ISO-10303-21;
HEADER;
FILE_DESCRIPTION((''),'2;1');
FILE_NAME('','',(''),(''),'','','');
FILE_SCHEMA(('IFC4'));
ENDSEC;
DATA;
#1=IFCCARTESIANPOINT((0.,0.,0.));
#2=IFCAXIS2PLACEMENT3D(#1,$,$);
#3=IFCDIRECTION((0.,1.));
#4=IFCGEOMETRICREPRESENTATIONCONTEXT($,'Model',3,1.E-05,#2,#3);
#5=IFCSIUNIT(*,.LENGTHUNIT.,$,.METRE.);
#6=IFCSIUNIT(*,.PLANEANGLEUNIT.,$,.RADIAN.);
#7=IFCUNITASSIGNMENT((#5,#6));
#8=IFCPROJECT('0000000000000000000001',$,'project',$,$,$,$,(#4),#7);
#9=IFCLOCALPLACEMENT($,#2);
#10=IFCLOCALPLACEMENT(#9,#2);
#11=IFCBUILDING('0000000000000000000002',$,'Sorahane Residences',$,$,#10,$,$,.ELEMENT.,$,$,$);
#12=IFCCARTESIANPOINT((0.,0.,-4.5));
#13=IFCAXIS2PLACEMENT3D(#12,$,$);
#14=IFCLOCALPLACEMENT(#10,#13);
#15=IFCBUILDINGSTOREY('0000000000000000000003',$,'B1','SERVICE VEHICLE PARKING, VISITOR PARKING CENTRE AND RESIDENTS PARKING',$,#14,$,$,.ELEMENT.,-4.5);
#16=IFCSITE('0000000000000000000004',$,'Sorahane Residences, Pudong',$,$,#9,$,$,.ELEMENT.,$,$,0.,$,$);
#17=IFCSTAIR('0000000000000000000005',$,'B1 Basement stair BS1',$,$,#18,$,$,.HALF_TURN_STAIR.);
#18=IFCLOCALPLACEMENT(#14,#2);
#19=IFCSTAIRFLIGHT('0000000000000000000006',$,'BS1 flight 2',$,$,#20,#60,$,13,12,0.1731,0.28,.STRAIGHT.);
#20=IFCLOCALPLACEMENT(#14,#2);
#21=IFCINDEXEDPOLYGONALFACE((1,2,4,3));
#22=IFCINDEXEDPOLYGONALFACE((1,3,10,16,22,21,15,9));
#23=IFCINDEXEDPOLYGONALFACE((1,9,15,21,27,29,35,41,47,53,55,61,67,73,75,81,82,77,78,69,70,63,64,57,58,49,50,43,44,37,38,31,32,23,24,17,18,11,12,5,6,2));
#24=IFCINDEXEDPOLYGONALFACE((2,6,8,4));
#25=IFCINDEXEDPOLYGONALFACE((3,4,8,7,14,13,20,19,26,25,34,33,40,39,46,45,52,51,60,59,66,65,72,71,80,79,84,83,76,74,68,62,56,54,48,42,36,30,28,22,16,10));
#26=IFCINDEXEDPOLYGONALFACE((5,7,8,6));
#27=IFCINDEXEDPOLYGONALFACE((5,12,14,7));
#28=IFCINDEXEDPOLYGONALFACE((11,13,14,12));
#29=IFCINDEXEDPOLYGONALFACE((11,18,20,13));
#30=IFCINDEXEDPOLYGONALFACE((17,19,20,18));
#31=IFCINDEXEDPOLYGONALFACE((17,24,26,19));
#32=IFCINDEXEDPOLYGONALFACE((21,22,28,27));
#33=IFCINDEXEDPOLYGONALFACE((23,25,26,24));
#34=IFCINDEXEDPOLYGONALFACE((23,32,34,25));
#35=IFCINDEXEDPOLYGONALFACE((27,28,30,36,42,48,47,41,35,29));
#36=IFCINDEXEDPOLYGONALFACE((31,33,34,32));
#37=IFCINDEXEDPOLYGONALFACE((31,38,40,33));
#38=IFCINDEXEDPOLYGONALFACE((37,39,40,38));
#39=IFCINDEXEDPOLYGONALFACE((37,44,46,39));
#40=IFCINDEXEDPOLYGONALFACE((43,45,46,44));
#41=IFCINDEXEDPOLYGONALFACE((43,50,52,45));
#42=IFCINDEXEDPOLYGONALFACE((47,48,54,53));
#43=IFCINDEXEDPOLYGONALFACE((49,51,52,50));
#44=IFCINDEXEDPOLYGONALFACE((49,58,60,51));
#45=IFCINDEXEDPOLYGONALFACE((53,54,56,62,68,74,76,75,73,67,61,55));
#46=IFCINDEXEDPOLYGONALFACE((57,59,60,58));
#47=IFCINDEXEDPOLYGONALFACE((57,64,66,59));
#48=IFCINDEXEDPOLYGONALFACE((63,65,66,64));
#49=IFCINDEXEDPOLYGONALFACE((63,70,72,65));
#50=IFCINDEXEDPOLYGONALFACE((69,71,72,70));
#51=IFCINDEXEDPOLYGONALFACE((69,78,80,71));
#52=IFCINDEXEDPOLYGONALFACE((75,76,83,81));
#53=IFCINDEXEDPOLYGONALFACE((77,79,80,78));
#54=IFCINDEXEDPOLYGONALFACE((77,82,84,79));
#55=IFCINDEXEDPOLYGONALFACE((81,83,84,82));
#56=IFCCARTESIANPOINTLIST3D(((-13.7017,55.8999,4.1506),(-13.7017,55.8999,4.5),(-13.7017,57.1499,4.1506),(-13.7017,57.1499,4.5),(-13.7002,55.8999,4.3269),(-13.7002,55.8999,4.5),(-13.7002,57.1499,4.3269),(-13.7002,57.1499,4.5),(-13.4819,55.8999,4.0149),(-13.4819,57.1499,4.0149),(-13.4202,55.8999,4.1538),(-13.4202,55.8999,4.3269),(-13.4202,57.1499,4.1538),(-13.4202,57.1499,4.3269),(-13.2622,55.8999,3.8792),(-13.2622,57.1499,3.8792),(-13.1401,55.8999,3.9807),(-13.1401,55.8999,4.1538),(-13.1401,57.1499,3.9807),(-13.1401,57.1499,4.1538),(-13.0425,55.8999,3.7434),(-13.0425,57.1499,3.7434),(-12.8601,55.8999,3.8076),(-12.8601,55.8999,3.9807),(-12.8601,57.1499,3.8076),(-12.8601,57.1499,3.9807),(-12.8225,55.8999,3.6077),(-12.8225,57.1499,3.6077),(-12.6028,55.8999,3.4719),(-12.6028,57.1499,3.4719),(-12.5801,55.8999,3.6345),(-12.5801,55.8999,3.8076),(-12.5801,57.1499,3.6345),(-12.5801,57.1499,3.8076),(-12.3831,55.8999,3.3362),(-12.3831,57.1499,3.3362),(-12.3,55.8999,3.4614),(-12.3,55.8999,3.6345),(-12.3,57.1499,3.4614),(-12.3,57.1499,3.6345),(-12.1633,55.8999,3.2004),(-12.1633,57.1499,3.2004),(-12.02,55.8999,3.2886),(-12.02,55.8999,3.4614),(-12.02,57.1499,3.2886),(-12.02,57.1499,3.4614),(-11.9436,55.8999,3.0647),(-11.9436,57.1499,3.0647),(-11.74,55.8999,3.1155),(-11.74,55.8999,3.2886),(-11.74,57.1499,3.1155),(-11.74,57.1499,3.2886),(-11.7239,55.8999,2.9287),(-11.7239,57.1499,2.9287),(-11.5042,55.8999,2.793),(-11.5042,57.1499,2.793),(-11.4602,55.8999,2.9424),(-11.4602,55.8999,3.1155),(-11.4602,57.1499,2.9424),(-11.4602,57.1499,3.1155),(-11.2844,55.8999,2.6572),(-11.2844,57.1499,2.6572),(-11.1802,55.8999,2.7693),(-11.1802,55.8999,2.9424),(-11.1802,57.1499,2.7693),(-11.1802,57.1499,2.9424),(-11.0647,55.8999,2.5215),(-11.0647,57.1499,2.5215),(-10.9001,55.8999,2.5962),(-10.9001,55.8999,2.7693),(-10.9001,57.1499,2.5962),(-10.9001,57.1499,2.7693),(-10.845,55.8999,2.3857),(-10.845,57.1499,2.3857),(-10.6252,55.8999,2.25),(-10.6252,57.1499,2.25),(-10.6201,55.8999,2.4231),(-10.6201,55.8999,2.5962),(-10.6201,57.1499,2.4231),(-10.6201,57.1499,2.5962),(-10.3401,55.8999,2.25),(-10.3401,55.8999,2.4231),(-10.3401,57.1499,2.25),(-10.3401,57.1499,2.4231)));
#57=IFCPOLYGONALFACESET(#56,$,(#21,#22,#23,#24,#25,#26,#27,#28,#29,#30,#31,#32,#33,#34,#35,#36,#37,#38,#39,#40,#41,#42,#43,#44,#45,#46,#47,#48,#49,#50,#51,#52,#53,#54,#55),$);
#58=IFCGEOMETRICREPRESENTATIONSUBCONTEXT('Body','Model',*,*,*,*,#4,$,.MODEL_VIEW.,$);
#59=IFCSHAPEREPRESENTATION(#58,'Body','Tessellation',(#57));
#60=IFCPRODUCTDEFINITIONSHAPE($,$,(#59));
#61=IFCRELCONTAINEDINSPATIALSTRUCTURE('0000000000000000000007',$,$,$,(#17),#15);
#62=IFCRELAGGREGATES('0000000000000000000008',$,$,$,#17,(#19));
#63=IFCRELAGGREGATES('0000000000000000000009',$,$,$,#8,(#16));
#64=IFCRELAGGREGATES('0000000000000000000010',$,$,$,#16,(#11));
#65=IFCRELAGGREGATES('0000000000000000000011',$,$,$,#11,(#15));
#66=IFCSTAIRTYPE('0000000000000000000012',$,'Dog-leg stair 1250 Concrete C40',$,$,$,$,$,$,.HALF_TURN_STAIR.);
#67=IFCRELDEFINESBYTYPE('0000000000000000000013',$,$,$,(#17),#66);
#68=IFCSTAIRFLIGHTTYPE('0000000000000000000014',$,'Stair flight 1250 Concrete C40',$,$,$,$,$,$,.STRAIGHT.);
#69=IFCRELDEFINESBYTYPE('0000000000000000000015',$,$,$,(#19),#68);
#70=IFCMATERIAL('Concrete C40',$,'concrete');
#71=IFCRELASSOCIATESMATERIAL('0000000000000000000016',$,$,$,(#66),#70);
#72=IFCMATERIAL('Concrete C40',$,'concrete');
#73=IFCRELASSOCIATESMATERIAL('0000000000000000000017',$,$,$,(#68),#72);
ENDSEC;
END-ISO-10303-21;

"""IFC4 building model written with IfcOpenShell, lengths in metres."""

from ifc_helpers import new_model, si_unit, direction, frame, origin, place, context, subcontext, project, spatial, polyline, outline, extrude, material, type_object, element, aggregate, save


model = new_model("IFC4")

# Units and contexts
model_context = context("Model", 3, precision=1e-05, world=origin(), true_north=direction((0.0, 1.0)))
body_context = subcontext(model_context, "Body", "Model", "MODEL_VIEW")
ifc_project = project(units=[si_unit("LENGTHUNIT", "METRE"), si_unit("PLANEANGLEUNIT", "RADIAN")], contexts=[model_context])

# Site, building, storey
site_placement = place(None, origin())
site = spatial("IfcSite", under=ifc_project, at=site_placement, Name="Sorahane Residences, Pudong", CompositionType="ELEMENT", RefElevation=0.0)
building_placement = place(site_placement, origin())
building = spatial("IfcBuilding", under=site, at=building_placement, Name="Sorahane Residences", CompositionType="ELEMENT")
storey_placement = place(building_placement, frame((0.0, 0.0, -4.5)))
storey = spatial("IfcBuildingStorey", under=building, at=storey_placement, Name="B1", Description="SERVICE VEHICLE PARKING, VISITOR PARKING CENTRE AND RESIDENTS PARKING", CompositionType="ELEMENT", Elevation=-4.5)

# Stair, stair flight
ifc_material_1 = material(Name="Concrete C40", Category="concrete")
stair_type = type_object("IfcStairType", Name="Dog-leg stair 1250 Concrete C40", PredefinedType="HALF_TURN_STAIR", material=ifc_material_1)
stair_placement = place(storey_placement, origin())
stair = element("IfcStair", 1, at=stair_placement, inside=storey, type_object=stair_type, Name="B1 Basement stair BS1", PredefinedType="HALF_TURN_STAIR")
ifc_material_2 = material(Name="Concrete C40", Category="concrete")
stair_flight_type = type_object("IfcStairFlightType", Name="Stair flight 1250 Concrete C40", PredefinedType="STRAIGHT", material=ifc_material_2)
stair_flight_1_placement = place(storey_placement, frame((-10.3401, 56.5249, 2.25), z_axis=(0.0, 0.0, 1.0), x_axis=(-1.0, 0.0, 0.0)))
stair_flight_1 = element("IfcStairFlight", 2, at=stair_flight_1_placement, type_object=stair_flight_type, Name="BS1 flight 2", NumberOfRisers=13, NumberOfTreads=12, PredefinedType="STRAIGHT", RiserHeight=0.1731, TreadLength=0.28, context=body_context, shape_type="SweptSolid", body=[
    extrude(outline(polyline([(0.0, 0.0), (0.0, 0.1731), (0.28, 0.1731), (0.28, 0.3462), (0.5601, 0.3462), (0.5601, 0.5193), (0.8401, 0.5193), (0.8401, 0.6924), (1.1201, 0.6924), (1.1201, 0.8655), (1.3999, 0.8655), (1.3999, 1.0386), (1.6799, 1.0386), (1.6799, 1.2114), (1.96, 1.2114), (1.96, 1.3845), (2.24, 1.3845), (2.24, 1.5576), (2.52, 1.5576), (2.52, 1.7307), (2.8, 1.7307), (2.8, 1.9038), (3.0801, 1.9038), (3.0801, 2.0769), (3.3601, 2.0769), (3.3601, 2.25), (3.3616, 2.25), (3.3616, 1.9006), (3.1418, 1.7649), (2.9221, 1.6292), (2.7024, 1.4934), (2.4824, 1.3577), (2.2627, 1.2219), (2.043, 1.0862), (1.8232, 0.9504), (1.6035, 0.8147), (1.3838, 0.6787), (1.1641, 0.543), (0.9443, 0.4072), (0.7246, 0.2715), (0.5049, 0.1357), (0.2852, 0.0), (0.0, 0.0)])), frame((0.0, 0.625, 0.0), z_axis=(0.0, -1.0, 0.0), x_axis=(1.0, 0.0, 0.0)), (0.0, 0.0, 1.0), 1.25),
])
aggregate(stair, [stair_flight_1])

save(model, "model.ifc")
